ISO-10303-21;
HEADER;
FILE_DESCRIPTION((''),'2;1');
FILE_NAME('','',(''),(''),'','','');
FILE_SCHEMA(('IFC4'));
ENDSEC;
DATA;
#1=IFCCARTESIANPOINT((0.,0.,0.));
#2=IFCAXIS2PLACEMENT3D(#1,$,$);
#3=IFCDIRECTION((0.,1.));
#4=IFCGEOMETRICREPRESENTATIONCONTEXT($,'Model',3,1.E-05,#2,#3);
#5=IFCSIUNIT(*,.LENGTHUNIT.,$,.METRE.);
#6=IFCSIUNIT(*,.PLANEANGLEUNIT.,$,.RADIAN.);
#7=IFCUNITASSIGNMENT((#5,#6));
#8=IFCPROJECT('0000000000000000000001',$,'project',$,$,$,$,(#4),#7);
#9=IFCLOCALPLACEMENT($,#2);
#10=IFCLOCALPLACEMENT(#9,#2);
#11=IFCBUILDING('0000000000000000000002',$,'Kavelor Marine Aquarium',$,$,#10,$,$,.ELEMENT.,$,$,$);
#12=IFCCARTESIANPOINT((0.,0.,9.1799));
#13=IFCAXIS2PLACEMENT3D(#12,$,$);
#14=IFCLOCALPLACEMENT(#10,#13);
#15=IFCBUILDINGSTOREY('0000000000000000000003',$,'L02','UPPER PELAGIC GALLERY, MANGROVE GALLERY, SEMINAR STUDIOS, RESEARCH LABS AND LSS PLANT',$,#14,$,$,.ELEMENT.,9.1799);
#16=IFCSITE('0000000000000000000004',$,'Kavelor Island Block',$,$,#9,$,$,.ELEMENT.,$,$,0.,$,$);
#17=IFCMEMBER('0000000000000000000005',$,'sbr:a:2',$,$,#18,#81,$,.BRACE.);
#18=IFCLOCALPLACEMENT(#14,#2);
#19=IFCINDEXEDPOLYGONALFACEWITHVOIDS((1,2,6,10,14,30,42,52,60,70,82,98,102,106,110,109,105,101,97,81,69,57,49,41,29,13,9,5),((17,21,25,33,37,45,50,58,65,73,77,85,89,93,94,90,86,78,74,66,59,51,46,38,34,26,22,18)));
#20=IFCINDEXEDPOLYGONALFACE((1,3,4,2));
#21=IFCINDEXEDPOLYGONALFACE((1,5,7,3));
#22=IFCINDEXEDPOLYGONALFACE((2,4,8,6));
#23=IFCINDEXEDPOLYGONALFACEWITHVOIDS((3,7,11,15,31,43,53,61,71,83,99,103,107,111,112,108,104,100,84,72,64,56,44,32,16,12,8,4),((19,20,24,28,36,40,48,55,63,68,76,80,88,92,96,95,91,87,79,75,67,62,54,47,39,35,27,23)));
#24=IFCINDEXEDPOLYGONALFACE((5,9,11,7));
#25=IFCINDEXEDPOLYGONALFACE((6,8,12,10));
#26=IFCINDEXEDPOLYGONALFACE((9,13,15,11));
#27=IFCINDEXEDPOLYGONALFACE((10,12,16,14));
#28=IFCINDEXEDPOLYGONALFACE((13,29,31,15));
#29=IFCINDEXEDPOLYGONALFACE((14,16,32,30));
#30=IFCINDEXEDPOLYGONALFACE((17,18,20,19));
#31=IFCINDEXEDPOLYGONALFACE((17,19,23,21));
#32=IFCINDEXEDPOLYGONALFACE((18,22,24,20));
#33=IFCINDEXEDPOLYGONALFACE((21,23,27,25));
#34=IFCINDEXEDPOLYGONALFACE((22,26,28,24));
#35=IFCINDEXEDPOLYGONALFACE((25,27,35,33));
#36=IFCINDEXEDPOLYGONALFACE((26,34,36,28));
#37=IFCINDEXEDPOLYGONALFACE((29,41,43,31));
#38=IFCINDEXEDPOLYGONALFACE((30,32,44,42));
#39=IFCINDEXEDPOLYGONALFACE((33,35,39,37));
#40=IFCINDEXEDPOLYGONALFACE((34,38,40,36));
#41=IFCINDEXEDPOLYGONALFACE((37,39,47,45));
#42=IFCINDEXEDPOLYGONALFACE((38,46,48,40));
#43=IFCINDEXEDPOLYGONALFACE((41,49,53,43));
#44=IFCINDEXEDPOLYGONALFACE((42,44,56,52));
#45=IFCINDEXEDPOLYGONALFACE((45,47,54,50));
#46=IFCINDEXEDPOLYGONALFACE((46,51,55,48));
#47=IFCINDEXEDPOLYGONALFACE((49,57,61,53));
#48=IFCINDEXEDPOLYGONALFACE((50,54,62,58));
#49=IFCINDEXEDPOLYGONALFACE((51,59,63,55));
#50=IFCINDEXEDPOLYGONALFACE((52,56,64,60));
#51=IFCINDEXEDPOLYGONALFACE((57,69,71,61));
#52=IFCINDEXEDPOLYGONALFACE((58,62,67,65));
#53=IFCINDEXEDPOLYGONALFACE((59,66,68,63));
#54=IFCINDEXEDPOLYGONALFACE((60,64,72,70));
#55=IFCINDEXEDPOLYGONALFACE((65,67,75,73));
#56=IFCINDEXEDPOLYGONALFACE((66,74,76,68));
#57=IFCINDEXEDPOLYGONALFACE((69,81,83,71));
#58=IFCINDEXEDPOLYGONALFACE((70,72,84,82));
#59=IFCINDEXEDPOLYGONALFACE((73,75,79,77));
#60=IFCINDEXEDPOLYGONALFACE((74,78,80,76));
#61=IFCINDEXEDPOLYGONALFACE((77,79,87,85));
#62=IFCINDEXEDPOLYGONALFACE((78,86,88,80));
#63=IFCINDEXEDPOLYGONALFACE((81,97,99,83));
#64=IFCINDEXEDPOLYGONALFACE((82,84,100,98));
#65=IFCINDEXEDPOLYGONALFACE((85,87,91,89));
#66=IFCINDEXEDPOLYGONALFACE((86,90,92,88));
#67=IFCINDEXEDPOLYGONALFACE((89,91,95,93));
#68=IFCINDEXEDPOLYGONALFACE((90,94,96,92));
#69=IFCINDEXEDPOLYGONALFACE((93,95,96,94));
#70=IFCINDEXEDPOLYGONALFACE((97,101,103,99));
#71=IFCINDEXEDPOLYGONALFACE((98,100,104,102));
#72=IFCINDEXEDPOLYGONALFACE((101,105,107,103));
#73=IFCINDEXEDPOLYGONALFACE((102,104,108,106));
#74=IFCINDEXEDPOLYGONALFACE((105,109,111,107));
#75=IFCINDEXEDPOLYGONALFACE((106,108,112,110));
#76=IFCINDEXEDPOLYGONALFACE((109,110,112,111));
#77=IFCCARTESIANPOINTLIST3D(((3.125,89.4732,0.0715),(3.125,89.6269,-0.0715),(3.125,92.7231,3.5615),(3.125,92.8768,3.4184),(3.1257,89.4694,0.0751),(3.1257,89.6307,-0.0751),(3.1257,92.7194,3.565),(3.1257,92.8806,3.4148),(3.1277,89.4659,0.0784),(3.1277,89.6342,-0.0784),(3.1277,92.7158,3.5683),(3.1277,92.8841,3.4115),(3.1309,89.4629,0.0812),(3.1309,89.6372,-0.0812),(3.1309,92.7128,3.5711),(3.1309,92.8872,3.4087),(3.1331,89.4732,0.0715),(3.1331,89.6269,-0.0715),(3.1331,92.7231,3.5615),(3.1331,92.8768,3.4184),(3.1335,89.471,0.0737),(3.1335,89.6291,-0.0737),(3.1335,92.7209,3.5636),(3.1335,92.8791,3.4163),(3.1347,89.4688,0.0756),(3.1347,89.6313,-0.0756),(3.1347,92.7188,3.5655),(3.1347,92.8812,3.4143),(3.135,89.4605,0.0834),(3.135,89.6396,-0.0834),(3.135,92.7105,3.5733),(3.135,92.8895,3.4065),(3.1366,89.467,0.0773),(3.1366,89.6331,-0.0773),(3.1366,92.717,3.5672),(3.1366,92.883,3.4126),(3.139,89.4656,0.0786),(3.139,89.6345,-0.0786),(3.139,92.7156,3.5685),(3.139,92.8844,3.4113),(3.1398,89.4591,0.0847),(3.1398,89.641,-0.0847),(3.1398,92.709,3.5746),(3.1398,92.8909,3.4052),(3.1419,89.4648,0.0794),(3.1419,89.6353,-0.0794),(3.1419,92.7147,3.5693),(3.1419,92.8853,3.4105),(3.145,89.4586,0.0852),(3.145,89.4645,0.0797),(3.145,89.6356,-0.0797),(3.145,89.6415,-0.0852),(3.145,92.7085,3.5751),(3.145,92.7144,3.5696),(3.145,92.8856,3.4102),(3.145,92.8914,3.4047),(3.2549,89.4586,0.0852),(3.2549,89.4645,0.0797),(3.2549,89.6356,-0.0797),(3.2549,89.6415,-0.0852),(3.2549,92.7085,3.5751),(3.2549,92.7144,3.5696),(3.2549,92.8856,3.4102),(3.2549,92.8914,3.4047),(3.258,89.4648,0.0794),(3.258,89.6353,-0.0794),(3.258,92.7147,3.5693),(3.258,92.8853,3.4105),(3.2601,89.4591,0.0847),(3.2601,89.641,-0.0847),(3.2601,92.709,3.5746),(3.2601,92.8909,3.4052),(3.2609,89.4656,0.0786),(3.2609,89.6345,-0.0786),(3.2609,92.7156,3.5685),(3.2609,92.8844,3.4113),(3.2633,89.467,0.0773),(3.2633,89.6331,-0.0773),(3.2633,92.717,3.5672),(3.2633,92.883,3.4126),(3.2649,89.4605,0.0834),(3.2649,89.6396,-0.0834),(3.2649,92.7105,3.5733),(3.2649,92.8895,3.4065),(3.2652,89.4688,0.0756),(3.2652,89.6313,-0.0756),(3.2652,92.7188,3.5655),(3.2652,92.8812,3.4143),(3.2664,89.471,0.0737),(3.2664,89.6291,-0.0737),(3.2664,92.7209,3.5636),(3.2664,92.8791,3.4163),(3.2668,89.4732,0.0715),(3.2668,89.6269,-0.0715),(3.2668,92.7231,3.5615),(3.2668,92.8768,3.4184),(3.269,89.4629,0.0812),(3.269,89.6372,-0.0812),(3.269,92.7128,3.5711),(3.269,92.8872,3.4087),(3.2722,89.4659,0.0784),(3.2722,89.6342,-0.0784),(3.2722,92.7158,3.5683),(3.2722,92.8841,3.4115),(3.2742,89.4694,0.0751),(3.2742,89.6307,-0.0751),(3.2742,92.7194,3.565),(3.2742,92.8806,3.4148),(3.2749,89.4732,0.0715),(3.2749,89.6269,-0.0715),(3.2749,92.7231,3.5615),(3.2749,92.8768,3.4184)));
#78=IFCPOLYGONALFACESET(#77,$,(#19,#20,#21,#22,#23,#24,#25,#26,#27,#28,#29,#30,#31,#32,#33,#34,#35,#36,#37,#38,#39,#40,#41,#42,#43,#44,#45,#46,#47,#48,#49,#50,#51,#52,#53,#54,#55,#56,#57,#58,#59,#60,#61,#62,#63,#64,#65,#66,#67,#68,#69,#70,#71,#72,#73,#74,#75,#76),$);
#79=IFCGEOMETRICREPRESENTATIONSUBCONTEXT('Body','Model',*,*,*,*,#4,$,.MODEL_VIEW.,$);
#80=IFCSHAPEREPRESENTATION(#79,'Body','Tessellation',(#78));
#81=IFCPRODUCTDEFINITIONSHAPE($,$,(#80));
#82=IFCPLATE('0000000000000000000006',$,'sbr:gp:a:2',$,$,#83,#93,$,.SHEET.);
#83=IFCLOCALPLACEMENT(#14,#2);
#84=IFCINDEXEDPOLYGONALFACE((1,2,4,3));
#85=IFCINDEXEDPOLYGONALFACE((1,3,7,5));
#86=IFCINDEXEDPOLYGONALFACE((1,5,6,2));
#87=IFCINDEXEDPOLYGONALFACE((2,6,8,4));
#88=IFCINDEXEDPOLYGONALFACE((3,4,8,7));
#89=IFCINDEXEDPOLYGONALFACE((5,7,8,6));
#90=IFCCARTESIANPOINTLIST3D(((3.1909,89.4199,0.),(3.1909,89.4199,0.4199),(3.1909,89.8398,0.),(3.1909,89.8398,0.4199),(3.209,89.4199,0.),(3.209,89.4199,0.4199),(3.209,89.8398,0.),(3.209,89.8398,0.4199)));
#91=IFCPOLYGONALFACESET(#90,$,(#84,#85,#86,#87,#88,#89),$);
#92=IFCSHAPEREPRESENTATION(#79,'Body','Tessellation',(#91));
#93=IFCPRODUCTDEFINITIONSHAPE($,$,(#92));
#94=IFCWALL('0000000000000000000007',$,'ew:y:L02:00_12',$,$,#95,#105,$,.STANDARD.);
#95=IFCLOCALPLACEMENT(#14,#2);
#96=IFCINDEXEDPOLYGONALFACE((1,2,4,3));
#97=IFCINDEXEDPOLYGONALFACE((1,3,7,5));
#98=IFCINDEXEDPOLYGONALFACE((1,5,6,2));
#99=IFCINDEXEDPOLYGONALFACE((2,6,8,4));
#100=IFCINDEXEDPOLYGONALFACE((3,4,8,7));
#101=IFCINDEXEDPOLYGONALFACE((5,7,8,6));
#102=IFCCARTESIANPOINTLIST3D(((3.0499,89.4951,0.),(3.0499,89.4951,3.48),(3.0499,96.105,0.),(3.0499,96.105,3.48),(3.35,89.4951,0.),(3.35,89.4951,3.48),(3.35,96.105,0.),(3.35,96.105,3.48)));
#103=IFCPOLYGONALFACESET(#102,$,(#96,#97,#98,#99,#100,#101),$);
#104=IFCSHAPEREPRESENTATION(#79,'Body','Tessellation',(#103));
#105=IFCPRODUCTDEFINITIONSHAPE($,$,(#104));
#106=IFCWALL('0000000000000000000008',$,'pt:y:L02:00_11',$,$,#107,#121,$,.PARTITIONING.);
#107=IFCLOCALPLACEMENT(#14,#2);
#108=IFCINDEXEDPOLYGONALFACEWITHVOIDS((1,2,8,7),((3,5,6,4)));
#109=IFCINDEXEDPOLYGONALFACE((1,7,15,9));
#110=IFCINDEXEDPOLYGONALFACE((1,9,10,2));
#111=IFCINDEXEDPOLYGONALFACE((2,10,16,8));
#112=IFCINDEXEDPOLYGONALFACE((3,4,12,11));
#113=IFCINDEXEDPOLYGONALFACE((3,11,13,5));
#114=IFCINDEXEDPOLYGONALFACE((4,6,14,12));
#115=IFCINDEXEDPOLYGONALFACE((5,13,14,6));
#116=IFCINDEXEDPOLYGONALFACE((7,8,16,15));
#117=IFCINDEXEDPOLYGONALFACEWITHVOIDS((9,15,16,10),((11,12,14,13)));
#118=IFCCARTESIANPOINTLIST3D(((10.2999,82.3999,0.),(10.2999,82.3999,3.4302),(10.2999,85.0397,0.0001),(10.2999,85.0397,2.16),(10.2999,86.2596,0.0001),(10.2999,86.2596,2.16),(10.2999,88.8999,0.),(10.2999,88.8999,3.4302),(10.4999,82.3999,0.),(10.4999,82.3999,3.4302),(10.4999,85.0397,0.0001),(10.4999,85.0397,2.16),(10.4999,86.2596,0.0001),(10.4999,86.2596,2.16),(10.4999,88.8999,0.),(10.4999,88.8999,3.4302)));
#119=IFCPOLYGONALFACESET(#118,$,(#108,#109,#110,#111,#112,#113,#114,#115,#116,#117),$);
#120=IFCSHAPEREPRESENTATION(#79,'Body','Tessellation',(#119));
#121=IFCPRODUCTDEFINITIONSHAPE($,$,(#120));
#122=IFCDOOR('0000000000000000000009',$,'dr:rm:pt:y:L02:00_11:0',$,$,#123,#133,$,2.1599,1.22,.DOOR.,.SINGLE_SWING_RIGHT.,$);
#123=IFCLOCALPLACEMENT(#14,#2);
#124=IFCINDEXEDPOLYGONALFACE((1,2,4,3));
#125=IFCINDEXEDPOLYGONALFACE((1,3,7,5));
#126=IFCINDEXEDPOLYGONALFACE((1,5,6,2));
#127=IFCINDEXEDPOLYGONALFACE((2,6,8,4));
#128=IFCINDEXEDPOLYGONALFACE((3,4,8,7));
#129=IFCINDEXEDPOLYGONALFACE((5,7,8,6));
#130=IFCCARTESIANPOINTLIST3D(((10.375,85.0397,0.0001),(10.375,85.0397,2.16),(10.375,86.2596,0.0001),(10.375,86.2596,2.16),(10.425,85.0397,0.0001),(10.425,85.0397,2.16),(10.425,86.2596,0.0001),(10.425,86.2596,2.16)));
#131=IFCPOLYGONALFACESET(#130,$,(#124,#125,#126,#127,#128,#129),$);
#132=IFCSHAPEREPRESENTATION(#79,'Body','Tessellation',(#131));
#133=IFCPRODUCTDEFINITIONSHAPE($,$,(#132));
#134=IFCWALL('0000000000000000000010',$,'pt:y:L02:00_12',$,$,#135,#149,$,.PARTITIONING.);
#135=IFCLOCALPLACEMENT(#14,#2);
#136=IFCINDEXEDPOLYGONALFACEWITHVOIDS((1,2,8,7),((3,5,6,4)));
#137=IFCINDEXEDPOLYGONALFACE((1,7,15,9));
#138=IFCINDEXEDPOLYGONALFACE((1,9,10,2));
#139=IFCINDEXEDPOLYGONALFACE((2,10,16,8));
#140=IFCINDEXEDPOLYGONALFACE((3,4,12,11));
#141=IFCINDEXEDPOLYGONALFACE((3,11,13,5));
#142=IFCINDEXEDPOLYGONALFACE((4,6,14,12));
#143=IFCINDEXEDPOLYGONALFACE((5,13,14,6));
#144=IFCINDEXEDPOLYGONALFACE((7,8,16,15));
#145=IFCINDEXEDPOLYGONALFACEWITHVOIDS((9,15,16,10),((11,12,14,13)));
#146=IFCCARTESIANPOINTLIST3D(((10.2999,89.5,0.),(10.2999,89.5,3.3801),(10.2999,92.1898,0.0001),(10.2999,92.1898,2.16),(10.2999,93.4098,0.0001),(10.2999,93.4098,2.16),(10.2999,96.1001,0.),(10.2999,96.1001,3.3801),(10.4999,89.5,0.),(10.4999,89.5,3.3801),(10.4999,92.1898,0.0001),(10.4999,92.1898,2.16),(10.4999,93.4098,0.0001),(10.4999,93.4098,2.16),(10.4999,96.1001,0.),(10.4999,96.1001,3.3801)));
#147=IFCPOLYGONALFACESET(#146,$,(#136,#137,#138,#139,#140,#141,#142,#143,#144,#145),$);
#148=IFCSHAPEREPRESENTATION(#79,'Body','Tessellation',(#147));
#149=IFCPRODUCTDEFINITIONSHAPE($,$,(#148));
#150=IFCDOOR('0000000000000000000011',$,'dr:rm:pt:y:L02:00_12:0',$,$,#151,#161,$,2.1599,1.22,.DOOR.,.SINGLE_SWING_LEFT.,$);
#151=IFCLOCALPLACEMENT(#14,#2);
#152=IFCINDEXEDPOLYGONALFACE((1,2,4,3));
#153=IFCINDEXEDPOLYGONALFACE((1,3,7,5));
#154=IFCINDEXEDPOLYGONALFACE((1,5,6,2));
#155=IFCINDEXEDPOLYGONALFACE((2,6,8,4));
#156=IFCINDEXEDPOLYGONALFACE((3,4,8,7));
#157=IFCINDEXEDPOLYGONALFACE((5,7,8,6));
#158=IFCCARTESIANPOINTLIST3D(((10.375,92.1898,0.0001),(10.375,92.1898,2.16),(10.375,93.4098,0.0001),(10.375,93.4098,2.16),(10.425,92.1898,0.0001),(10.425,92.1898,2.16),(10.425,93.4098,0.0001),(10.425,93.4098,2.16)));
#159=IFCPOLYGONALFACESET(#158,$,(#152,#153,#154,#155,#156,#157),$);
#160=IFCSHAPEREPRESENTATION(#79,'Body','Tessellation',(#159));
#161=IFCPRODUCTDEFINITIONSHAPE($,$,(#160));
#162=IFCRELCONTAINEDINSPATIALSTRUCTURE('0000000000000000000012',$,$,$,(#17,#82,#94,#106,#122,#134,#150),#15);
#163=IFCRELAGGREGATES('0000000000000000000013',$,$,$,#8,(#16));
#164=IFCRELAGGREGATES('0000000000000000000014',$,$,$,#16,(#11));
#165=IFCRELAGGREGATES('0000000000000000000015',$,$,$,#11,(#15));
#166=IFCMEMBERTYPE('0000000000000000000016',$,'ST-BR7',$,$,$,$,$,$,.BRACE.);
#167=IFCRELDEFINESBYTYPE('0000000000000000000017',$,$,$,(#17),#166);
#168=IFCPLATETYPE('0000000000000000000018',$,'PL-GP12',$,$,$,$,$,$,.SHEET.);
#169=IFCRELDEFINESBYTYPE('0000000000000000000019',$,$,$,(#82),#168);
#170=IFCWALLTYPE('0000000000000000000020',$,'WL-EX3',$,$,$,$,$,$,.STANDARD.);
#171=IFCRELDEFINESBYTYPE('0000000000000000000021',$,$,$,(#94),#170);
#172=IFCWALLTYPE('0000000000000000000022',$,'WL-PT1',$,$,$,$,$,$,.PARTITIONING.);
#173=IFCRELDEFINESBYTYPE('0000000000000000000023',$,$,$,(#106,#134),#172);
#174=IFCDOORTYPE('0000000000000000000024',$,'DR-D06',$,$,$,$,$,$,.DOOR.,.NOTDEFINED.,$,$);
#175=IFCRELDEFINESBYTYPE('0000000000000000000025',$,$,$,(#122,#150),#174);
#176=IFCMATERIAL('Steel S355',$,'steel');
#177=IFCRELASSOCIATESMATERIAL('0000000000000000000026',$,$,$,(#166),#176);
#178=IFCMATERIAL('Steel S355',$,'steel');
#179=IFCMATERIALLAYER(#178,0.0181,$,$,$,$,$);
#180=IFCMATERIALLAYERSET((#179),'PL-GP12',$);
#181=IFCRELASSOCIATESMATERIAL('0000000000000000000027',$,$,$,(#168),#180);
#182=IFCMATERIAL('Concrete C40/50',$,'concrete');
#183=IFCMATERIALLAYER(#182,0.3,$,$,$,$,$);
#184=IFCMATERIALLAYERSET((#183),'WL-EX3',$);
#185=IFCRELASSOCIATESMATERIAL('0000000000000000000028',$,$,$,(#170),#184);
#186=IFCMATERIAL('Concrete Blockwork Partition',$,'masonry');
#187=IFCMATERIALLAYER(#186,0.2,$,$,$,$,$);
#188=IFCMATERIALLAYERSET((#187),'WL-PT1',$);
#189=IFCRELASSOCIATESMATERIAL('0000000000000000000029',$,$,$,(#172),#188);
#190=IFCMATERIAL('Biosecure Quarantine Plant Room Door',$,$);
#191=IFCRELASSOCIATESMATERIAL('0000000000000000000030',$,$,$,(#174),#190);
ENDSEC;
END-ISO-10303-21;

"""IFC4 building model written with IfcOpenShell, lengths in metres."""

from ifc_helpers import new_model, si_unit, direction, frame, frame_2d, origin, origin_2d, place, context, subcontext, project, spatial, rectangle, hollow_rectangle, extrude, material, layer, layer_set, material_profile, profile_set, type_object, element, fill, save


model = new_model("IFC4")

# Units and contexts
model_context = context("Model", 3, precision=1e-05, world=origin(), true_north=direction((0.0, 1.0)))
body_context = subcontext(model_context, "Body", "Model", "MODEL_VIEW")
ifc_project = project(units=[si_unit("LENGTHUNIT", "METRE"), si_unit("PLANEANGLEUNIT", "RADIAN")], contexts=[model_context])

# Site, building, storey
site_placement = place(None, origin())
site = spatial("IfcSite", under=ifc_project, at=site_placement, Name="Kavelor Island Block", CompositionType="ELEMENT", RefElevation=0.0)
building_placement = place(site_placement, origin())
building = spatial("IfcBuilding", under=site, at=building_placement, Name="Kavelor Marine Aquarium", CompositionType="ELEMENT")
storey_placement = place(building_placement, frame((0.0, 0.0, 9.1799)))
storey = spatial("IfcBuildingStorey", under=building, at=storey_placement, Name="L02", Description="UPPER PELAGIC GALLERY, MANGROVE GALLERY, SEMINAR STUDIOS, RESEARCH LABS AND LSS PLANT", CompositionType="ELEMENT", Elevation=9.1799)

# Member
ifc_material_1 = material(Name="Steel S355", Category="steel")
ifc_material_profile_1 = material_profile(ifc_material_1, hollow_rectangle(XDim=0.1499, YDim=0.25, WallThickness=0.0081, InnerFilletRadius=0.012, OuterFilletRadius=0.02, at=origin_2d()), Name="RHS 250x150x8.0")
ifc_profile_set_1 = profile_set([ifc_material_profile_1], Name="Steel S355")
member_type = type_object("IfcMemberType", Name="ST-BR7", PredefinedType="BRACE", material=ifc_profile_set_1)
member_placement = place(storey_placement, frame((3.2, 89.55, 0.0), z_axis=(0.0, 0.681497, 0.731821), x_axis=(-1.0, 0.0, 0.0)))
element("IfcMember", 1, at=member_placement, inside=storey, type_object=member_type, Name="sbr:a:2", PredefinedType="BRACE", context=body_context, shape_type="SweptSolid", body=[
    extrude(hollow_rectangle(XDim=0.1499, YDim=0.25, WallThickness=0.0081, InnerFilletRadius=0.012, OuterFilletRadius=0.02, at=origin_2d()), origin(), (0.0, 0.0, 1.0), 4.7688),
])

# Plate
ifc_material_2 = material(Name="Steel S355", Category="steel")
ifc_layer_1 = layer(ifc_material_2, 0.0181)
ifc_layer_set_1 = layer_set([ifc_layer_1], Name="PL-GP12")
plate_type = type_object("IfcPlateType", Name="PL-GP12", PredefinedType="SHEET", material=ifc_layer_set_1)
plate_placement = place(storey_placement, frame((3.2, 89.6299, 0.0), z_axis=(0.0, 0.0, 1.0), x_axis=(1.0, 0.0, 0.0)))
element("IfcPlate", 2, at=plate_placement, inside=storey, type_object=plate_type, Name="sbr:gp:a:2", PredefinedType="SHEET", context=body_context, shape_type="SweptSolid", body=[
    extrude(rectangle(XDim=0.0181, YDim=0.4199, at=origin_2d()), origin(), (0.0, 0.0, 1.0), 0.4199),
])

# Wall
ifc_material_3 = material(Name="Concrete C40/50", Category="concrete")
ifc_layer_2 = layer(ifc_material_3, 0.3)
ifc_layer_set_2 = layer_set([ifc_layer_2], Name="WL-EX3")
wall_type_1 = type_object("IfcWallType", Name="WL-EX3", PredefinedType="STANDARD", material=ifc_layer_set_2)
wall_1_placement = place(storey_placement, frame((3.2, 89.4951, 0.0), z_axis=(0.0, 0.0, 1.0), x_axis=(0.0, 1.0, 0.0)))
element("IfcWall", 3, at=wall_1_placement, inside=storey, type_object=wall_type_1, Name="ew:y:L02:00_12", PredefinedType="STANDARD", context=body_context, shape_type="SweptSolid", body=[
    extrude(rectangle(XDim=6.6099, YDim=0.3, at=frame_2d((3.3049, 0.0))), origin(), (0.0, 0.0, 1.0), 3.48),
])

# Walls, openings, doors
ifc_material_4 = material(Name="Concrete Blockwork Partition", Category="masonry")
ifc_layer_3 = layer(ifc_material_4, 0.2)
ifc_layer_set_3 = layer_set([ifc_layer_3], Name="WL-PT1")
wall_type_2 = type_object("IfcWallType", Name="WL-PT1", PredefinedType="PARTITIONING", material=ifc_layer_set_3)
wall_2_placement = place(storey_placement, frame((10.3999, 82.3999, 0.0), z_axis=(0.0, 0.0, 1.0), x_axis=(0.0, 1.0, 0.0)))
wall_2 = element("IfcWall", 4, at=wall_2_placement, inside=storey, type_object=wall_type_2, Name="pt:y:L02:00_11", PredefinedType="PARTITIONING", context=body_context, shape_type="SweptSolid", body=[
    extrude(rectangle(XDim=6.5, YDim=0.2, at=frame_2d((3.25, 0.0))), origin(), (0.0, 0.0, 1.0), 3.4302),
])
opening_1_placement = place(wall_2_placement, frame((2.6399, 0.0, 0.0)))
opening_1 = element("IfcOpeningElement", 5, at=opening_1_placement, cuts=wall_2, PredefinedType="OPENING", context=body_context, shape_type="SweptSolid", body=[
    extrude(rectangle(XDim=1.22, YDim=2.1599, at=frame_2d((0.6099, 1.0801))), frame((0.0, 0.1099, 0.0), z_axis=(0.0, -1.0, 0.0), x_axis=(1.0, 0.0, 0.0)), (0.0, 0.0, 1.0), 0.22),
])
ifc_material_5 = material(Name="Biosecure Quarantine Plant Room Door")
door_type_1 = type_object("IfcDoorType", Name="DR-D06", OperationType="NOTDEFINED", PredefinedType="DOOR", material=ifc_material_5)
door_1_placement = place(opening_1_placement, origin())
door_1 = element("IfcDoor", 6, at=door_1_placement, inside=storey, type_object=door_type_1, Name="dr:rm:pt:y:L02:00_11:0", OperationType="SINGLE_SWING_RIGHT", OverallHeight=2.1599, OverallWidth=1.22, PredefinedType="DOOR", context=body_context, shape_type="SweptSolid", body=[
    extrude(rectangle(XDim=1.22, YDim=2.1599, at=frame_2d((0.6099, 1.0801))), frame((0.0, 0.0249, 0.0), z_axis=(0.0, -1.0, 0.0), x_axis=(1.0, 0.0, 0.0)), (0.0, 0.0, 1.0), 0.05),
])
fill(opening_1, door_1)
wall_3_placement = place(storey_placement, frame((10.3999, 89.5, 0.0), z_axis=(0.0, 0.0, 1.0), x_axis=(0.0, 1.0, 0.0)))
wall_3 = element("IfcWall", 7, at=wall_3_placement, inside=storey, type_object=wall_type_2, Name="pt:y:L02:00_12", PredefinedType="PARTITIONING", context=body_context, shape_type="SweptSolid", body=[
    extrude(rectangle(XDim=6.6001, YDim=0.2, at=frame_2d((3.3, 0.0))), origin(), (0.0, 0.0, 1.0), 3.3801),
])
opening_2_placement = place(wall_3_placement, frame((2.6899, 0.0, 0.0)))
opening_2 = element("IfcOpeningElement", 8, at=opening_2_placement, cuts=wall_3, PredefinedType="OPENING", context=body_context, shape_type="SweptSolid", body=[
    extrude(rectangle(XDim=1.22, YDim=2.1599, at=frame_2d((0.6099, 1.0801))), frame((0.0, 0.1099, 0.0), z_axis=(0.0, -1.0, 0.0), x_axis=(1.0, 0.0, 0.0)), (0.0, 0.0, 1.0), 0.22),
])
door_2_placement = place(opening_2_placement, origin())
door_2 = element("IfcDoor", 9, at=door_2_placement, inside=storey, type_object=door_type_1, Name="dr:rm:pt:y:L02:00_12:0", OperationType="SINGLE_SWING_LEFT", OverallHeight=2.1599, OverallWidth=1.22, PredefinedType="DOOR", context=body_context, shape_type="SweptSolid", body=[
    extrude(rectangle(XDim=1.22, YDim=2.1599, at=frame_2d((0.6099, 1.0801))), frame((0.0, 0.0249, 0.0), z_axis=(0.0, -1.0, 0.0), x_axis=(1.0, 0.0, 0.0)), (0.0, 0.0, 1.0), 0.05),
])
fill(opening_2, door_2)

save(model, "model.ifc")
